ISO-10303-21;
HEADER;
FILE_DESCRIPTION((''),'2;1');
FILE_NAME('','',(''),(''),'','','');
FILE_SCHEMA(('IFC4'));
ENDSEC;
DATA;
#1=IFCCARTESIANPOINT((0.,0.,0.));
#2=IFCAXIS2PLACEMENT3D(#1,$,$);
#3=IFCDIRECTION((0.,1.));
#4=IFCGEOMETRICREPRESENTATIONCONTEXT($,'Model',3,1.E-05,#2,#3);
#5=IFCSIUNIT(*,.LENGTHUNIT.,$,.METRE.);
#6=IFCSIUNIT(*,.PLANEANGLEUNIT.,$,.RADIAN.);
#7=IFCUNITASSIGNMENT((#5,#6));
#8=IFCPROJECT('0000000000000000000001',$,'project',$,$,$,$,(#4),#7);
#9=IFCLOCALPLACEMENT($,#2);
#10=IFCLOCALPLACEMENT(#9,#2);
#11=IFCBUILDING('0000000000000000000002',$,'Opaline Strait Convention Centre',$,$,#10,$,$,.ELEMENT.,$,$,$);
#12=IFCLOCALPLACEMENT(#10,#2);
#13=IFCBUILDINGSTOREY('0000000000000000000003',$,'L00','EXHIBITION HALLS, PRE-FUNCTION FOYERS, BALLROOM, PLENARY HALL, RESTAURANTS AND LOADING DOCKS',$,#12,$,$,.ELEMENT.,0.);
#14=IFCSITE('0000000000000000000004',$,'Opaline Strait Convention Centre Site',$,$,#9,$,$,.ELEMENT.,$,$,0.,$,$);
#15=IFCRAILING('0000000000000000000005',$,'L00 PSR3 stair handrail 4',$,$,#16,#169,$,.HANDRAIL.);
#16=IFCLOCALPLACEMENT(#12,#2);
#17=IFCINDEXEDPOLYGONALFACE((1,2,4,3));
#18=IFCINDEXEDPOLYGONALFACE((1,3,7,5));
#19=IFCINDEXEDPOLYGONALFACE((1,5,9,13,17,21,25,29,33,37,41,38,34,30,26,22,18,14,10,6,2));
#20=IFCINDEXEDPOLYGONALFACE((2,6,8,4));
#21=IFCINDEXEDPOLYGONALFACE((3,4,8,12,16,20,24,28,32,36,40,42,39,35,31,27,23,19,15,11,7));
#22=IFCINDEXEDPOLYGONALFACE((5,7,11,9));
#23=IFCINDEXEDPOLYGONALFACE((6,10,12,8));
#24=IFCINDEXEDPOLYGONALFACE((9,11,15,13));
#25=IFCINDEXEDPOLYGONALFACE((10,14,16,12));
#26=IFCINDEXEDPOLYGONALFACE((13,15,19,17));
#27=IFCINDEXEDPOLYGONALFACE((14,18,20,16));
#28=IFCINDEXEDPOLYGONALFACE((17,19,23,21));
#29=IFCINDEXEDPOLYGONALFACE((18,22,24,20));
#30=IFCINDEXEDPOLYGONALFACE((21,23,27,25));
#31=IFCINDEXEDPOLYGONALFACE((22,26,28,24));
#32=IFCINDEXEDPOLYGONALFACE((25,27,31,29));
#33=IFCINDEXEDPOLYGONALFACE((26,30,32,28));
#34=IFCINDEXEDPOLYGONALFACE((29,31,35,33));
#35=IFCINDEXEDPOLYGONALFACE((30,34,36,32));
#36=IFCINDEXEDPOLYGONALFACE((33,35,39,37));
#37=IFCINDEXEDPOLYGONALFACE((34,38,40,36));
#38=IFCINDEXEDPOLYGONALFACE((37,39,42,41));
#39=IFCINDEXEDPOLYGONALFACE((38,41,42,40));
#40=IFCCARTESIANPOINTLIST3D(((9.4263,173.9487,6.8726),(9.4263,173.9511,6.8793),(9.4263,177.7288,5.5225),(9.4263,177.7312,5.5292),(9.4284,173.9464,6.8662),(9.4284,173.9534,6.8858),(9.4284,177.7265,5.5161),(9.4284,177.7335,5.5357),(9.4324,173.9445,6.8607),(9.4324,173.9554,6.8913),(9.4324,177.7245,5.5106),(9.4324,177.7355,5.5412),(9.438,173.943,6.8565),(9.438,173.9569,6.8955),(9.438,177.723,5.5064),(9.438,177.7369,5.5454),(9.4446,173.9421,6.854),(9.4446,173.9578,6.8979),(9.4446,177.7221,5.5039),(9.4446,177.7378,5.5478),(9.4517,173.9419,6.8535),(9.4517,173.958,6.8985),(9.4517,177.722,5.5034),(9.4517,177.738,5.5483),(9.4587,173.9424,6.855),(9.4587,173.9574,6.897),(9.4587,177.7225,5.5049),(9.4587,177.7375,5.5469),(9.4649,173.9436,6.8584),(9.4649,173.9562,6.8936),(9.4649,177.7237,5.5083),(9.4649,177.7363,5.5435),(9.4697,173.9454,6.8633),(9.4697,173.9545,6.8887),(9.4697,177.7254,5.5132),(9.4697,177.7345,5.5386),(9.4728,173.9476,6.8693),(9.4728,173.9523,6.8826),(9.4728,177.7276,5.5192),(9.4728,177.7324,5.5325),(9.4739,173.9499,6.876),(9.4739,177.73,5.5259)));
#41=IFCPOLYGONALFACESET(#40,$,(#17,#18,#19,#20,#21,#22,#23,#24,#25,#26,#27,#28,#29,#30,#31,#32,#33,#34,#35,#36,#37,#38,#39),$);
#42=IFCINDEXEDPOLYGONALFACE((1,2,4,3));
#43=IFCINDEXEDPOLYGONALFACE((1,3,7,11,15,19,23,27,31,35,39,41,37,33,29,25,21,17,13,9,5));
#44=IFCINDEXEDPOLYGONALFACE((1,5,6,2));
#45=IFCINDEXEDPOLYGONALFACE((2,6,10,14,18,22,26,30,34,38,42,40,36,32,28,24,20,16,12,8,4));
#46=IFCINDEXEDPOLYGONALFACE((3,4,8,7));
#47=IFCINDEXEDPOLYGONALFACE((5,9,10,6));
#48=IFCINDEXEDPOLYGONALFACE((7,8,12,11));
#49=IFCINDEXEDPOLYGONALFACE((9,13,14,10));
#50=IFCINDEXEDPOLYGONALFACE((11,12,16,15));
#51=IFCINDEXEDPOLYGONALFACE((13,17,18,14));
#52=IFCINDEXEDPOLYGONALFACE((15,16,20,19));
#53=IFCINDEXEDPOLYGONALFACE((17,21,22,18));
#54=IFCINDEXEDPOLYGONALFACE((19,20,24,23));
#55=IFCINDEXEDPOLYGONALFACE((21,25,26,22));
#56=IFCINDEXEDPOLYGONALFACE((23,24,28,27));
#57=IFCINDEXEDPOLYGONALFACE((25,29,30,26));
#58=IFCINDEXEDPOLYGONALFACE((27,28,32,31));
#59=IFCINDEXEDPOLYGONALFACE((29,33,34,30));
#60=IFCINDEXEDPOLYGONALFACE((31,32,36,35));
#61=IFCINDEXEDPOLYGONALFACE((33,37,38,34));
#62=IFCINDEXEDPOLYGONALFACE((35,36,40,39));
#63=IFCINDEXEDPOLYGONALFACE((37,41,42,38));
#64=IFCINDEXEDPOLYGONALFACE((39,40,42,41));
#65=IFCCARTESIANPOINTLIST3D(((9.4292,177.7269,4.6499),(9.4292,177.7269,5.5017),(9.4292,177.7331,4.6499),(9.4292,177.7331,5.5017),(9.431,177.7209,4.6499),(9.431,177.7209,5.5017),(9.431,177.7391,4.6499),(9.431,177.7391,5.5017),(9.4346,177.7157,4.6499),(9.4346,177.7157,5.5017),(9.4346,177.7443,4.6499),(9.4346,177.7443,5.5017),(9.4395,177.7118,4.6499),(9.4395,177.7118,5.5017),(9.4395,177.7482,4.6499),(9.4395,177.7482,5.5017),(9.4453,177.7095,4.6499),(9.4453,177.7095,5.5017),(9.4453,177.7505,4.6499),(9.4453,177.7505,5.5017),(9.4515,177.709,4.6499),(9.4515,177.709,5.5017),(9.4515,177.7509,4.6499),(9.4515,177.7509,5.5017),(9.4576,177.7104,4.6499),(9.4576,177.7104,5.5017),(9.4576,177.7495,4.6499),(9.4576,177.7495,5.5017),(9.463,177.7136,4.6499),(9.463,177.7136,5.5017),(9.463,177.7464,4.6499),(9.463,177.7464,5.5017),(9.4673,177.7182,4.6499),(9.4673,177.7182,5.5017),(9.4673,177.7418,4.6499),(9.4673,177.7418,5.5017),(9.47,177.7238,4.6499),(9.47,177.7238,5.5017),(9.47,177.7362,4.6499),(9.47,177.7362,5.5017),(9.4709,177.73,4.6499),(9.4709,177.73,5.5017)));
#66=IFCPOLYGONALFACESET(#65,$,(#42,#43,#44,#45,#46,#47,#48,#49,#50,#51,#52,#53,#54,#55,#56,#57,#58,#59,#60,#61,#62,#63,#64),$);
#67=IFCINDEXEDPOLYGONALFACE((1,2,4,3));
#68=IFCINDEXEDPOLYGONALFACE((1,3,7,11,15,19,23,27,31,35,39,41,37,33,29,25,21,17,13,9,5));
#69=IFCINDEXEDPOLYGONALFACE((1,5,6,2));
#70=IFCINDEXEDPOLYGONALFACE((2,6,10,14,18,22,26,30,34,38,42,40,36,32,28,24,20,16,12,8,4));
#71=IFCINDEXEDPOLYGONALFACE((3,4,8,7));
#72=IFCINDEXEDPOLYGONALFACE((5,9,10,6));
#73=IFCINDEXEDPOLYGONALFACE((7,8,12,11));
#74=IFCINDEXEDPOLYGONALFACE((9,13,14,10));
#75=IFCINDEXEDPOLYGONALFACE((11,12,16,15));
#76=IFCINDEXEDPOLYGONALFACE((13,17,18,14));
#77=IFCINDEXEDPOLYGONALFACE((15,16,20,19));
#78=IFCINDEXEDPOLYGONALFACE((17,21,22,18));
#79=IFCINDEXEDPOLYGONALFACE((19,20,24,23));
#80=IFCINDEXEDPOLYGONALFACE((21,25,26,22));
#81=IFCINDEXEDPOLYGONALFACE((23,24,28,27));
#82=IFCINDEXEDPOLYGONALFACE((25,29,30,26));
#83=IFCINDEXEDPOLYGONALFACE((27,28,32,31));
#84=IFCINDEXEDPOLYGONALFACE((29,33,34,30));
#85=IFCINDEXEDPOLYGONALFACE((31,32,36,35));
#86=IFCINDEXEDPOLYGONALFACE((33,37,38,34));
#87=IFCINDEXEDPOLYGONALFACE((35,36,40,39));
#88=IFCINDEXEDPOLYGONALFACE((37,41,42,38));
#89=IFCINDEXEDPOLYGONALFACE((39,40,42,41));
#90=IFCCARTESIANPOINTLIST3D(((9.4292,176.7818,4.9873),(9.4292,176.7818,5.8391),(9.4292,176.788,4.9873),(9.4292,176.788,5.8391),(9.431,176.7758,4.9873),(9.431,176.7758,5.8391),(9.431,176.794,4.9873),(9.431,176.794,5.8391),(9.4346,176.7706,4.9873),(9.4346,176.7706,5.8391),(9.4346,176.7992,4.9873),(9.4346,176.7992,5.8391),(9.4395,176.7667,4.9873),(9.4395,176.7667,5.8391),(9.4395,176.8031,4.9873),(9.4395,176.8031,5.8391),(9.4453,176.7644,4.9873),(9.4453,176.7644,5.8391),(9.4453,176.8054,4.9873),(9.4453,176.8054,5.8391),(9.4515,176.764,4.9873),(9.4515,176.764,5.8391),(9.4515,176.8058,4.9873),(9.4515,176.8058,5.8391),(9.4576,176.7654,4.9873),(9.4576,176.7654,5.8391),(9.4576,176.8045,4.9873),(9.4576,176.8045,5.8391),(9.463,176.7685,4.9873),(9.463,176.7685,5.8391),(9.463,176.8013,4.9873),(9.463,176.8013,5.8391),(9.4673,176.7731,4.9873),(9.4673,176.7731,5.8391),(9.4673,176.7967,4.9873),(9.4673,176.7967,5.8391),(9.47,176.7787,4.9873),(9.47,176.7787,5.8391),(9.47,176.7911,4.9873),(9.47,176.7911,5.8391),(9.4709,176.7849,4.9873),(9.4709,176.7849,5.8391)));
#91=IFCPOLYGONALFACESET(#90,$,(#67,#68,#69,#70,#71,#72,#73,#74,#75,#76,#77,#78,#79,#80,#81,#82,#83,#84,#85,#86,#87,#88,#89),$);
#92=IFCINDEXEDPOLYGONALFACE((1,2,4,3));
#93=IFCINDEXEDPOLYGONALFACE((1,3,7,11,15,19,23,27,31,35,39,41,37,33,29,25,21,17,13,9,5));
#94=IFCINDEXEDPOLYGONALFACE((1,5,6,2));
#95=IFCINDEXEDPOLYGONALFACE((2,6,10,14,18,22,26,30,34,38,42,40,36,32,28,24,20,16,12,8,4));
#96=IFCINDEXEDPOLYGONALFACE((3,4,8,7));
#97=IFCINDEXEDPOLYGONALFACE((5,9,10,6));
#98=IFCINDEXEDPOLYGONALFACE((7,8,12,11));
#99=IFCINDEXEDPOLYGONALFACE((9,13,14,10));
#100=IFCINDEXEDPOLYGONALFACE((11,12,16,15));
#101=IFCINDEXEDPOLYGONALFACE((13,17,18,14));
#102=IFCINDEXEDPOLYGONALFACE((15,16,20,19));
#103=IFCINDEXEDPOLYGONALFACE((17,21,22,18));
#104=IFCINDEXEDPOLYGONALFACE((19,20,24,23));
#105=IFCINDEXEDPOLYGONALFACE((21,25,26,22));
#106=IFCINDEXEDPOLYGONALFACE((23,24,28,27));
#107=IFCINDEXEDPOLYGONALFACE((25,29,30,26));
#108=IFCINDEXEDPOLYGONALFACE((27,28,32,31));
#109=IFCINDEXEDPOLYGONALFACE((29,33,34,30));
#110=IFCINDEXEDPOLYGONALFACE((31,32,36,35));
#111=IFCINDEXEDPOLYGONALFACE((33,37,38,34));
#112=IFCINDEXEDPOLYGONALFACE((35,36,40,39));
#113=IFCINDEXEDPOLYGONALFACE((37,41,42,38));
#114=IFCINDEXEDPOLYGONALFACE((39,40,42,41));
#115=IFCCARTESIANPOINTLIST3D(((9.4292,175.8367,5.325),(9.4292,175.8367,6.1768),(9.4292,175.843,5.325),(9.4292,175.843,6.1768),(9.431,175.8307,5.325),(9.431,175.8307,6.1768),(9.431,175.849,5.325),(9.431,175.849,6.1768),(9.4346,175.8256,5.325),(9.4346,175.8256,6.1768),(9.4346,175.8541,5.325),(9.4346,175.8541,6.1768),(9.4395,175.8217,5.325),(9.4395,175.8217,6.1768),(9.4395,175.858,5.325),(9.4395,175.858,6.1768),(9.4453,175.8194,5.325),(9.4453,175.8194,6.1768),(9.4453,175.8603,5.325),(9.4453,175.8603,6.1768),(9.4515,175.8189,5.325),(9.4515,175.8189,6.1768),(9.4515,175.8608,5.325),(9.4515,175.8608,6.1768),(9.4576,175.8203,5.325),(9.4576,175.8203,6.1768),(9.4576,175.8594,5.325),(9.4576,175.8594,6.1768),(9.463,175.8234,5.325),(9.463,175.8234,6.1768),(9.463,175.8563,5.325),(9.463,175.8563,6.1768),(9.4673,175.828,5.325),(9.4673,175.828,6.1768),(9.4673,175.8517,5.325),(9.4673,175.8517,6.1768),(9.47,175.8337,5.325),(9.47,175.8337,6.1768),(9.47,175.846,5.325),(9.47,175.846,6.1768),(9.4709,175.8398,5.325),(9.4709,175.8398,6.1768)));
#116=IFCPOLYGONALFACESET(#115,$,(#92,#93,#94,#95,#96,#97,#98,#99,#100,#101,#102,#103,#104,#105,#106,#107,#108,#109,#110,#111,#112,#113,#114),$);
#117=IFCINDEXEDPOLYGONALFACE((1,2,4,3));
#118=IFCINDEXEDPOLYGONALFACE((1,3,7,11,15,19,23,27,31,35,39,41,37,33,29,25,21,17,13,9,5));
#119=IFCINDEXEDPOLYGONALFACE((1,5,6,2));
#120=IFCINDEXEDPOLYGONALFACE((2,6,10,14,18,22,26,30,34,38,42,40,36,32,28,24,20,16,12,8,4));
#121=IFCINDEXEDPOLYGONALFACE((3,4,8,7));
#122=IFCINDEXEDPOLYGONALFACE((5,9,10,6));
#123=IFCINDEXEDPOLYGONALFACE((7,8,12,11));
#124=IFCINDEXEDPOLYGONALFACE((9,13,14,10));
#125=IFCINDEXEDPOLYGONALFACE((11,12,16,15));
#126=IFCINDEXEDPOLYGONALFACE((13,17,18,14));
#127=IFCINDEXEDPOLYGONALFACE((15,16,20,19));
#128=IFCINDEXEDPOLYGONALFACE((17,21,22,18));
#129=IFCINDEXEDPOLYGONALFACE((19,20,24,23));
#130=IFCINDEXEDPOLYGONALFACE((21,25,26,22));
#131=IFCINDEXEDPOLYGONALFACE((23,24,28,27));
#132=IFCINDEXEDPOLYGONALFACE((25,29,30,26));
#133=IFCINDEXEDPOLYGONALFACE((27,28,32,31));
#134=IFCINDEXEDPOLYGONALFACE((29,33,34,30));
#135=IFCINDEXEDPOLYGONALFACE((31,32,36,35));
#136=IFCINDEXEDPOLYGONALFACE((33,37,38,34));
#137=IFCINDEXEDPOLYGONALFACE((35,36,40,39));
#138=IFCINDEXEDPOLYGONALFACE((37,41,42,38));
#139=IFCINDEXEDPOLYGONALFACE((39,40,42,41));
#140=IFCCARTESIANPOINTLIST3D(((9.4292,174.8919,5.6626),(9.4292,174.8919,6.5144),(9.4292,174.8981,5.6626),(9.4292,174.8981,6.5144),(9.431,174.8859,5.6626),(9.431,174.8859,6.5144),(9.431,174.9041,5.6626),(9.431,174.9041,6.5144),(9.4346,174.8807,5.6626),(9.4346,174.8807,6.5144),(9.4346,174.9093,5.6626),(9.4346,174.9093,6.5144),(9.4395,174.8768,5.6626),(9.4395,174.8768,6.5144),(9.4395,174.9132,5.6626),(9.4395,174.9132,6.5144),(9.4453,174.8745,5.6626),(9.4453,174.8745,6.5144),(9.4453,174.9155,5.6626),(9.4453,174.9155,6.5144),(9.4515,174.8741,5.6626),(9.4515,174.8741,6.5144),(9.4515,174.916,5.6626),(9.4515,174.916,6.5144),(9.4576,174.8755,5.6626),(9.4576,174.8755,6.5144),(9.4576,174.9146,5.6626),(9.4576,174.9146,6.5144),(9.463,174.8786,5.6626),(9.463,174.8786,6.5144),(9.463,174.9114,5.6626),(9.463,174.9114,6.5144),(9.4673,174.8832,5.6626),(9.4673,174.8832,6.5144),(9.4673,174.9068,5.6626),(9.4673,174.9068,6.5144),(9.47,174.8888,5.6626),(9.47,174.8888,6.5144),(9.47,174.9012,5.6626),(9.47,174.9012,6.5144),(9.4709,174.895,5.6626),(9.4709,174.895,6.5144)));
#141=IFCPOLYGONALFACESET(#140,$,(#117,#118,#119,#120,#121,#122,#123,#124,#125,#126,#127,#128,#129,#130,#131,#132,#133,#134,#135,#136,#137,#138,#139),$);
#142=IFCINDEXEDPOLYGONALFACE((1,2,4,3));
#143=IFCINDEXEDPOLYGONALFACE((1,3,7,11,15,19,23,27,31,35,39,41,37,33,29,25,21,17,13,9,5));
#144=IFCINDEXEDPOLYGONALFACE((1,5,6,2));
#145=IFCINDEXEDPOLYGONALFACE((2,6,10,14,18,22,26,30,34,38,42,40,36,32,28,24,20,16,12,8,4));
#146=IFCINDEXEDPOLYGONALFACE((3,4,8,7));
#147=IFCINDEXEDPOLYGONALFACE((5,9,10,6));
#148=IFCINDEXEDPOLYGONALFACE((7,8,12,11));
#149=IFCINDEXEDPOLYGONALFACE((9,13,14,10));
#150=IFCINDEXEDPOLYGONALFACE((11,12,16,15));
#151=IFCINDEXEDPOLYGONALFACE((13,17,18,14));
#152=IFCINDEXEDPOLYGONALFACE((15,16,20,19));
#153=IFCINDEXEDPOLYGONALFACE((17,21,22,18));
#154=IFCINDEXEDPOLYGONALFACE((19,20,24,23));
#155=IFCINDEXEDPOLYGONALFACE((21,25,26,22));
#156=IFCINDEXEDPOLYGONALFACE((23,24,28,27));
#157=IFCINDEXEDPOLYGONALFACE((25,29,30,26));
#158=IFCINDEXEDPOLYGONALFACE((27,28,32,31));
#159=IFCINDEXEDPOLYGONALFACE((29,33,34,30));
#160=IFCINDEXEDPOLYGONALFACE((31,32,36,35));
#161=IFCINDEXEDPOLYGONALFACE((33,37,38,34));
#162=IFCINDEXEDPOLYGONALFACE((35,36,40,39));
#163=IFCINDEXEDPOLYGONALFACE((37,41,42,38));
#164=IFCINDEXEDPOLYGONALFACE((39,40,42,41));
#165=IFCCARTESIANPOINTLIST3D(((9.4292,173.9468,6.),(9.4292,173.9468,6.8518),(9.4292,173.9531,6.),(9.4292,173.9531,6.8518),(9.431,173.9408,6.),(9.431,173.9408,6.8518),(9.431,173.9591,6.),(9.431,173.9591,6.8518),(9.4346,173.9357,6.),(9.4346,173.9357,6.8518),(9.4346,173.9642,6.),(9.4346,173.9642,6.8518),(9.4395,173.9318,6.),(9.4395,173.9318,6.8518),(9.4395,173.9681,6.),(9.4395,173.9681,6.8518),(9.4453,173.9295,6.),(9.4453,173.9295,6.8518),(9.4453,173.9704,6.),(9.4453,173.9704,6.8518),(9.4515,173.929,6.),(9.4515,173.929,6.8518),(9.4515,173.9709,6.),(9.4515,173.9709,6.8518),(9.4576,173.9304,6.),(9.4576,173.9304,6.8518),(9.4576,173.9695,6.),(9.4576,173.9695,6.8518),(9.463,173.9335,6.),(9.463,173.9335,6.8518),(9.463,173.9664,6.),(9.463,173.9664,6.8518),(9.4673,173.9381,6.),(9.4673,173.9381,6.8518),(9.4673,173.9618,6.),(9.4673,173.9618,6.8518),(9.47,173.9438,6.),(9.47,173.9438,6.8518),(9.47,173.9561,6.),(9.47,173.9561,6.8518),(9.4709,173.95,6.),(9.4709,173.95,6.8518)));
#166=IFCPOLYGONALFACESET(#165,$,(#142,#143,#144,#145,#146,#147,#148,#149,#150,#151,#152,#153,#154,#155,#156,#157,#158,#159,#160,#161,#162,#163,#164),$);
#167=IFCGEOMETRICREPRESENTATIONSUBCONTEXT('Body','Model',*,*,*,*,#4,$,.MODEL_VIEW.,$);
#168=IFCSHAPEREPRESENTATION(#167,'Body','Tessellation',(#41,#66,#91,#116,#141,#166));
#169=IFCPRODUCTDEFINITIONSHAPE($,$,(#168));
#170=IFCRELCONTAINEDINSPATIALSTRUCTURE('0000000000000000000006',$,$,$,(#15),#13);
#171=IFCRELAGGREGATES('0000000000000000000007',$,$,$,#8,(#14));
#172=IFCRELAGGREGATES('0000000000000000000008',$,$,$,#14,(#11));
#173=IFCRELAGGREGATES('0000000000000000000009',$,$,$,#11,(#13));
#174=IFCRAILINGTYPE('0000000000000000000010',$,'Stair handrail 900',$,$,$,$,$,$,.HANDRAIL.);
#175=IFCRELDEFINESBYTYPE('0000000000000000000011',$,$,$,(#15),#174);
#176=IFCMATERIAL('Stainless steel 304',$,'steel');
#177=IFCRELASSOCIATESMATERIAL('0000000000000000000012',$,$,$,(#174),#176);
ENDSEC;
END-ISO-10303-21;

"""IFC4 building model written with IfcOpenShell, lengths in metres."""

from ifc_helpers import new_model, si_unit, direction, frame, origin, origin_2d, place, context, subcontext, project, spatial, circle, extrude, material, type_object, element, save


model = new_model("IFC4")

# Units and contexts
model_context = context("Model", 3, precision=1e-05, world=origin(), true_north=direction((0.0, 1.0)))
body_context = subcontext(model_context, "Body", "Model", "MODEL_VIEW")
ifc_project = project(units=[si_unit("LENGTHUNIT", "METRE"), si_unit("PLANEANGLEUNIT", "RADIAN")], contexts=[model_context])

# Site, building, storey
site_placement = place(None, origin())
site = spatial("IfcSite", under=ifc_project, at=site_placement, Name="Opaline Strait Convention Centre Site", CompositionType="ELEMENT", RefElevation=0.0)
building_placement = place(site_placement, origin())
building = spatial("IfcBuilding", under=site, at=building_placement, Name="Opaline Strait Convention Centre", CompositionType="ELEMENT")
storey_placement = place(building_placement, origin())
storey = spatial("IfcBuildingStorey", under=building, at=storey_placement, Name="L00", Description="EXHIBITION HALLS, PRE-FUNCTION FOYERS, BALLROOM, PLENARY HALL, RESTAURANTS AND LOADING DOCKS", CompositionType="ELEMENT", Elevation=0.0)

# Railing
ifc_material_1 = material(Name="Stainless steel 304", Category="steel")
railing_type_1 = type_object("IfcRailingType", Name="Stair handrail 900", PredefinedType="HANDRAIL", material=ifc_material_1)
for number, where, name in (
    (1, (9.45, 177.73, 4.6499), "L00 PSR3 stair handrail 4"),
):
    element("IfcRailing", number, at=place(storey_placement, frame(where)), inside=storey, type_object=railing_type_1, Name=name, PredefinedType="HANDRAIL", context=body_context, shape_type="SweptSolid", body=[
        extrude(circle(Radius=0.0239, at=origin_2d()), frame((0.0, 0.0, 0.876), z_axis=(0.0, -0.941735, 0.336356), x_axis=(1.0, 0.0, 0.0)), (0.0, 0.0, 1.0), 4.0139),
        extrude(circle(Radius=0.021, at=origin_2d()), origin(), (0.0, 0.0, 1.0), 0.8518),
        extrude(circle(Radius=0.021, at=origin_2d()), frame((0.0, -0.9451, 0.3374)), (0.0, 0.0, 1.0), 0.8518),
        extrude(circle(Radius=0.021, at=origin_2d()), frame((0.0, -1.8901, 0.675)), (0.0, 0.0, 1.0), 0.8518),
        extrude(circle(Radius=0.021, at=origin_2d()), frame((0.0, -2.835, 1.0127)), (0.0, 0.0, 1.0), 0.8518),
        extrude(circle(Radius=0.021, at=origin_2d()), frame((0.0, -3.78, 1.3501)), (0.0, 0.0, 1.0), 0.8518),
    ])

save(model, "model.ifc")
